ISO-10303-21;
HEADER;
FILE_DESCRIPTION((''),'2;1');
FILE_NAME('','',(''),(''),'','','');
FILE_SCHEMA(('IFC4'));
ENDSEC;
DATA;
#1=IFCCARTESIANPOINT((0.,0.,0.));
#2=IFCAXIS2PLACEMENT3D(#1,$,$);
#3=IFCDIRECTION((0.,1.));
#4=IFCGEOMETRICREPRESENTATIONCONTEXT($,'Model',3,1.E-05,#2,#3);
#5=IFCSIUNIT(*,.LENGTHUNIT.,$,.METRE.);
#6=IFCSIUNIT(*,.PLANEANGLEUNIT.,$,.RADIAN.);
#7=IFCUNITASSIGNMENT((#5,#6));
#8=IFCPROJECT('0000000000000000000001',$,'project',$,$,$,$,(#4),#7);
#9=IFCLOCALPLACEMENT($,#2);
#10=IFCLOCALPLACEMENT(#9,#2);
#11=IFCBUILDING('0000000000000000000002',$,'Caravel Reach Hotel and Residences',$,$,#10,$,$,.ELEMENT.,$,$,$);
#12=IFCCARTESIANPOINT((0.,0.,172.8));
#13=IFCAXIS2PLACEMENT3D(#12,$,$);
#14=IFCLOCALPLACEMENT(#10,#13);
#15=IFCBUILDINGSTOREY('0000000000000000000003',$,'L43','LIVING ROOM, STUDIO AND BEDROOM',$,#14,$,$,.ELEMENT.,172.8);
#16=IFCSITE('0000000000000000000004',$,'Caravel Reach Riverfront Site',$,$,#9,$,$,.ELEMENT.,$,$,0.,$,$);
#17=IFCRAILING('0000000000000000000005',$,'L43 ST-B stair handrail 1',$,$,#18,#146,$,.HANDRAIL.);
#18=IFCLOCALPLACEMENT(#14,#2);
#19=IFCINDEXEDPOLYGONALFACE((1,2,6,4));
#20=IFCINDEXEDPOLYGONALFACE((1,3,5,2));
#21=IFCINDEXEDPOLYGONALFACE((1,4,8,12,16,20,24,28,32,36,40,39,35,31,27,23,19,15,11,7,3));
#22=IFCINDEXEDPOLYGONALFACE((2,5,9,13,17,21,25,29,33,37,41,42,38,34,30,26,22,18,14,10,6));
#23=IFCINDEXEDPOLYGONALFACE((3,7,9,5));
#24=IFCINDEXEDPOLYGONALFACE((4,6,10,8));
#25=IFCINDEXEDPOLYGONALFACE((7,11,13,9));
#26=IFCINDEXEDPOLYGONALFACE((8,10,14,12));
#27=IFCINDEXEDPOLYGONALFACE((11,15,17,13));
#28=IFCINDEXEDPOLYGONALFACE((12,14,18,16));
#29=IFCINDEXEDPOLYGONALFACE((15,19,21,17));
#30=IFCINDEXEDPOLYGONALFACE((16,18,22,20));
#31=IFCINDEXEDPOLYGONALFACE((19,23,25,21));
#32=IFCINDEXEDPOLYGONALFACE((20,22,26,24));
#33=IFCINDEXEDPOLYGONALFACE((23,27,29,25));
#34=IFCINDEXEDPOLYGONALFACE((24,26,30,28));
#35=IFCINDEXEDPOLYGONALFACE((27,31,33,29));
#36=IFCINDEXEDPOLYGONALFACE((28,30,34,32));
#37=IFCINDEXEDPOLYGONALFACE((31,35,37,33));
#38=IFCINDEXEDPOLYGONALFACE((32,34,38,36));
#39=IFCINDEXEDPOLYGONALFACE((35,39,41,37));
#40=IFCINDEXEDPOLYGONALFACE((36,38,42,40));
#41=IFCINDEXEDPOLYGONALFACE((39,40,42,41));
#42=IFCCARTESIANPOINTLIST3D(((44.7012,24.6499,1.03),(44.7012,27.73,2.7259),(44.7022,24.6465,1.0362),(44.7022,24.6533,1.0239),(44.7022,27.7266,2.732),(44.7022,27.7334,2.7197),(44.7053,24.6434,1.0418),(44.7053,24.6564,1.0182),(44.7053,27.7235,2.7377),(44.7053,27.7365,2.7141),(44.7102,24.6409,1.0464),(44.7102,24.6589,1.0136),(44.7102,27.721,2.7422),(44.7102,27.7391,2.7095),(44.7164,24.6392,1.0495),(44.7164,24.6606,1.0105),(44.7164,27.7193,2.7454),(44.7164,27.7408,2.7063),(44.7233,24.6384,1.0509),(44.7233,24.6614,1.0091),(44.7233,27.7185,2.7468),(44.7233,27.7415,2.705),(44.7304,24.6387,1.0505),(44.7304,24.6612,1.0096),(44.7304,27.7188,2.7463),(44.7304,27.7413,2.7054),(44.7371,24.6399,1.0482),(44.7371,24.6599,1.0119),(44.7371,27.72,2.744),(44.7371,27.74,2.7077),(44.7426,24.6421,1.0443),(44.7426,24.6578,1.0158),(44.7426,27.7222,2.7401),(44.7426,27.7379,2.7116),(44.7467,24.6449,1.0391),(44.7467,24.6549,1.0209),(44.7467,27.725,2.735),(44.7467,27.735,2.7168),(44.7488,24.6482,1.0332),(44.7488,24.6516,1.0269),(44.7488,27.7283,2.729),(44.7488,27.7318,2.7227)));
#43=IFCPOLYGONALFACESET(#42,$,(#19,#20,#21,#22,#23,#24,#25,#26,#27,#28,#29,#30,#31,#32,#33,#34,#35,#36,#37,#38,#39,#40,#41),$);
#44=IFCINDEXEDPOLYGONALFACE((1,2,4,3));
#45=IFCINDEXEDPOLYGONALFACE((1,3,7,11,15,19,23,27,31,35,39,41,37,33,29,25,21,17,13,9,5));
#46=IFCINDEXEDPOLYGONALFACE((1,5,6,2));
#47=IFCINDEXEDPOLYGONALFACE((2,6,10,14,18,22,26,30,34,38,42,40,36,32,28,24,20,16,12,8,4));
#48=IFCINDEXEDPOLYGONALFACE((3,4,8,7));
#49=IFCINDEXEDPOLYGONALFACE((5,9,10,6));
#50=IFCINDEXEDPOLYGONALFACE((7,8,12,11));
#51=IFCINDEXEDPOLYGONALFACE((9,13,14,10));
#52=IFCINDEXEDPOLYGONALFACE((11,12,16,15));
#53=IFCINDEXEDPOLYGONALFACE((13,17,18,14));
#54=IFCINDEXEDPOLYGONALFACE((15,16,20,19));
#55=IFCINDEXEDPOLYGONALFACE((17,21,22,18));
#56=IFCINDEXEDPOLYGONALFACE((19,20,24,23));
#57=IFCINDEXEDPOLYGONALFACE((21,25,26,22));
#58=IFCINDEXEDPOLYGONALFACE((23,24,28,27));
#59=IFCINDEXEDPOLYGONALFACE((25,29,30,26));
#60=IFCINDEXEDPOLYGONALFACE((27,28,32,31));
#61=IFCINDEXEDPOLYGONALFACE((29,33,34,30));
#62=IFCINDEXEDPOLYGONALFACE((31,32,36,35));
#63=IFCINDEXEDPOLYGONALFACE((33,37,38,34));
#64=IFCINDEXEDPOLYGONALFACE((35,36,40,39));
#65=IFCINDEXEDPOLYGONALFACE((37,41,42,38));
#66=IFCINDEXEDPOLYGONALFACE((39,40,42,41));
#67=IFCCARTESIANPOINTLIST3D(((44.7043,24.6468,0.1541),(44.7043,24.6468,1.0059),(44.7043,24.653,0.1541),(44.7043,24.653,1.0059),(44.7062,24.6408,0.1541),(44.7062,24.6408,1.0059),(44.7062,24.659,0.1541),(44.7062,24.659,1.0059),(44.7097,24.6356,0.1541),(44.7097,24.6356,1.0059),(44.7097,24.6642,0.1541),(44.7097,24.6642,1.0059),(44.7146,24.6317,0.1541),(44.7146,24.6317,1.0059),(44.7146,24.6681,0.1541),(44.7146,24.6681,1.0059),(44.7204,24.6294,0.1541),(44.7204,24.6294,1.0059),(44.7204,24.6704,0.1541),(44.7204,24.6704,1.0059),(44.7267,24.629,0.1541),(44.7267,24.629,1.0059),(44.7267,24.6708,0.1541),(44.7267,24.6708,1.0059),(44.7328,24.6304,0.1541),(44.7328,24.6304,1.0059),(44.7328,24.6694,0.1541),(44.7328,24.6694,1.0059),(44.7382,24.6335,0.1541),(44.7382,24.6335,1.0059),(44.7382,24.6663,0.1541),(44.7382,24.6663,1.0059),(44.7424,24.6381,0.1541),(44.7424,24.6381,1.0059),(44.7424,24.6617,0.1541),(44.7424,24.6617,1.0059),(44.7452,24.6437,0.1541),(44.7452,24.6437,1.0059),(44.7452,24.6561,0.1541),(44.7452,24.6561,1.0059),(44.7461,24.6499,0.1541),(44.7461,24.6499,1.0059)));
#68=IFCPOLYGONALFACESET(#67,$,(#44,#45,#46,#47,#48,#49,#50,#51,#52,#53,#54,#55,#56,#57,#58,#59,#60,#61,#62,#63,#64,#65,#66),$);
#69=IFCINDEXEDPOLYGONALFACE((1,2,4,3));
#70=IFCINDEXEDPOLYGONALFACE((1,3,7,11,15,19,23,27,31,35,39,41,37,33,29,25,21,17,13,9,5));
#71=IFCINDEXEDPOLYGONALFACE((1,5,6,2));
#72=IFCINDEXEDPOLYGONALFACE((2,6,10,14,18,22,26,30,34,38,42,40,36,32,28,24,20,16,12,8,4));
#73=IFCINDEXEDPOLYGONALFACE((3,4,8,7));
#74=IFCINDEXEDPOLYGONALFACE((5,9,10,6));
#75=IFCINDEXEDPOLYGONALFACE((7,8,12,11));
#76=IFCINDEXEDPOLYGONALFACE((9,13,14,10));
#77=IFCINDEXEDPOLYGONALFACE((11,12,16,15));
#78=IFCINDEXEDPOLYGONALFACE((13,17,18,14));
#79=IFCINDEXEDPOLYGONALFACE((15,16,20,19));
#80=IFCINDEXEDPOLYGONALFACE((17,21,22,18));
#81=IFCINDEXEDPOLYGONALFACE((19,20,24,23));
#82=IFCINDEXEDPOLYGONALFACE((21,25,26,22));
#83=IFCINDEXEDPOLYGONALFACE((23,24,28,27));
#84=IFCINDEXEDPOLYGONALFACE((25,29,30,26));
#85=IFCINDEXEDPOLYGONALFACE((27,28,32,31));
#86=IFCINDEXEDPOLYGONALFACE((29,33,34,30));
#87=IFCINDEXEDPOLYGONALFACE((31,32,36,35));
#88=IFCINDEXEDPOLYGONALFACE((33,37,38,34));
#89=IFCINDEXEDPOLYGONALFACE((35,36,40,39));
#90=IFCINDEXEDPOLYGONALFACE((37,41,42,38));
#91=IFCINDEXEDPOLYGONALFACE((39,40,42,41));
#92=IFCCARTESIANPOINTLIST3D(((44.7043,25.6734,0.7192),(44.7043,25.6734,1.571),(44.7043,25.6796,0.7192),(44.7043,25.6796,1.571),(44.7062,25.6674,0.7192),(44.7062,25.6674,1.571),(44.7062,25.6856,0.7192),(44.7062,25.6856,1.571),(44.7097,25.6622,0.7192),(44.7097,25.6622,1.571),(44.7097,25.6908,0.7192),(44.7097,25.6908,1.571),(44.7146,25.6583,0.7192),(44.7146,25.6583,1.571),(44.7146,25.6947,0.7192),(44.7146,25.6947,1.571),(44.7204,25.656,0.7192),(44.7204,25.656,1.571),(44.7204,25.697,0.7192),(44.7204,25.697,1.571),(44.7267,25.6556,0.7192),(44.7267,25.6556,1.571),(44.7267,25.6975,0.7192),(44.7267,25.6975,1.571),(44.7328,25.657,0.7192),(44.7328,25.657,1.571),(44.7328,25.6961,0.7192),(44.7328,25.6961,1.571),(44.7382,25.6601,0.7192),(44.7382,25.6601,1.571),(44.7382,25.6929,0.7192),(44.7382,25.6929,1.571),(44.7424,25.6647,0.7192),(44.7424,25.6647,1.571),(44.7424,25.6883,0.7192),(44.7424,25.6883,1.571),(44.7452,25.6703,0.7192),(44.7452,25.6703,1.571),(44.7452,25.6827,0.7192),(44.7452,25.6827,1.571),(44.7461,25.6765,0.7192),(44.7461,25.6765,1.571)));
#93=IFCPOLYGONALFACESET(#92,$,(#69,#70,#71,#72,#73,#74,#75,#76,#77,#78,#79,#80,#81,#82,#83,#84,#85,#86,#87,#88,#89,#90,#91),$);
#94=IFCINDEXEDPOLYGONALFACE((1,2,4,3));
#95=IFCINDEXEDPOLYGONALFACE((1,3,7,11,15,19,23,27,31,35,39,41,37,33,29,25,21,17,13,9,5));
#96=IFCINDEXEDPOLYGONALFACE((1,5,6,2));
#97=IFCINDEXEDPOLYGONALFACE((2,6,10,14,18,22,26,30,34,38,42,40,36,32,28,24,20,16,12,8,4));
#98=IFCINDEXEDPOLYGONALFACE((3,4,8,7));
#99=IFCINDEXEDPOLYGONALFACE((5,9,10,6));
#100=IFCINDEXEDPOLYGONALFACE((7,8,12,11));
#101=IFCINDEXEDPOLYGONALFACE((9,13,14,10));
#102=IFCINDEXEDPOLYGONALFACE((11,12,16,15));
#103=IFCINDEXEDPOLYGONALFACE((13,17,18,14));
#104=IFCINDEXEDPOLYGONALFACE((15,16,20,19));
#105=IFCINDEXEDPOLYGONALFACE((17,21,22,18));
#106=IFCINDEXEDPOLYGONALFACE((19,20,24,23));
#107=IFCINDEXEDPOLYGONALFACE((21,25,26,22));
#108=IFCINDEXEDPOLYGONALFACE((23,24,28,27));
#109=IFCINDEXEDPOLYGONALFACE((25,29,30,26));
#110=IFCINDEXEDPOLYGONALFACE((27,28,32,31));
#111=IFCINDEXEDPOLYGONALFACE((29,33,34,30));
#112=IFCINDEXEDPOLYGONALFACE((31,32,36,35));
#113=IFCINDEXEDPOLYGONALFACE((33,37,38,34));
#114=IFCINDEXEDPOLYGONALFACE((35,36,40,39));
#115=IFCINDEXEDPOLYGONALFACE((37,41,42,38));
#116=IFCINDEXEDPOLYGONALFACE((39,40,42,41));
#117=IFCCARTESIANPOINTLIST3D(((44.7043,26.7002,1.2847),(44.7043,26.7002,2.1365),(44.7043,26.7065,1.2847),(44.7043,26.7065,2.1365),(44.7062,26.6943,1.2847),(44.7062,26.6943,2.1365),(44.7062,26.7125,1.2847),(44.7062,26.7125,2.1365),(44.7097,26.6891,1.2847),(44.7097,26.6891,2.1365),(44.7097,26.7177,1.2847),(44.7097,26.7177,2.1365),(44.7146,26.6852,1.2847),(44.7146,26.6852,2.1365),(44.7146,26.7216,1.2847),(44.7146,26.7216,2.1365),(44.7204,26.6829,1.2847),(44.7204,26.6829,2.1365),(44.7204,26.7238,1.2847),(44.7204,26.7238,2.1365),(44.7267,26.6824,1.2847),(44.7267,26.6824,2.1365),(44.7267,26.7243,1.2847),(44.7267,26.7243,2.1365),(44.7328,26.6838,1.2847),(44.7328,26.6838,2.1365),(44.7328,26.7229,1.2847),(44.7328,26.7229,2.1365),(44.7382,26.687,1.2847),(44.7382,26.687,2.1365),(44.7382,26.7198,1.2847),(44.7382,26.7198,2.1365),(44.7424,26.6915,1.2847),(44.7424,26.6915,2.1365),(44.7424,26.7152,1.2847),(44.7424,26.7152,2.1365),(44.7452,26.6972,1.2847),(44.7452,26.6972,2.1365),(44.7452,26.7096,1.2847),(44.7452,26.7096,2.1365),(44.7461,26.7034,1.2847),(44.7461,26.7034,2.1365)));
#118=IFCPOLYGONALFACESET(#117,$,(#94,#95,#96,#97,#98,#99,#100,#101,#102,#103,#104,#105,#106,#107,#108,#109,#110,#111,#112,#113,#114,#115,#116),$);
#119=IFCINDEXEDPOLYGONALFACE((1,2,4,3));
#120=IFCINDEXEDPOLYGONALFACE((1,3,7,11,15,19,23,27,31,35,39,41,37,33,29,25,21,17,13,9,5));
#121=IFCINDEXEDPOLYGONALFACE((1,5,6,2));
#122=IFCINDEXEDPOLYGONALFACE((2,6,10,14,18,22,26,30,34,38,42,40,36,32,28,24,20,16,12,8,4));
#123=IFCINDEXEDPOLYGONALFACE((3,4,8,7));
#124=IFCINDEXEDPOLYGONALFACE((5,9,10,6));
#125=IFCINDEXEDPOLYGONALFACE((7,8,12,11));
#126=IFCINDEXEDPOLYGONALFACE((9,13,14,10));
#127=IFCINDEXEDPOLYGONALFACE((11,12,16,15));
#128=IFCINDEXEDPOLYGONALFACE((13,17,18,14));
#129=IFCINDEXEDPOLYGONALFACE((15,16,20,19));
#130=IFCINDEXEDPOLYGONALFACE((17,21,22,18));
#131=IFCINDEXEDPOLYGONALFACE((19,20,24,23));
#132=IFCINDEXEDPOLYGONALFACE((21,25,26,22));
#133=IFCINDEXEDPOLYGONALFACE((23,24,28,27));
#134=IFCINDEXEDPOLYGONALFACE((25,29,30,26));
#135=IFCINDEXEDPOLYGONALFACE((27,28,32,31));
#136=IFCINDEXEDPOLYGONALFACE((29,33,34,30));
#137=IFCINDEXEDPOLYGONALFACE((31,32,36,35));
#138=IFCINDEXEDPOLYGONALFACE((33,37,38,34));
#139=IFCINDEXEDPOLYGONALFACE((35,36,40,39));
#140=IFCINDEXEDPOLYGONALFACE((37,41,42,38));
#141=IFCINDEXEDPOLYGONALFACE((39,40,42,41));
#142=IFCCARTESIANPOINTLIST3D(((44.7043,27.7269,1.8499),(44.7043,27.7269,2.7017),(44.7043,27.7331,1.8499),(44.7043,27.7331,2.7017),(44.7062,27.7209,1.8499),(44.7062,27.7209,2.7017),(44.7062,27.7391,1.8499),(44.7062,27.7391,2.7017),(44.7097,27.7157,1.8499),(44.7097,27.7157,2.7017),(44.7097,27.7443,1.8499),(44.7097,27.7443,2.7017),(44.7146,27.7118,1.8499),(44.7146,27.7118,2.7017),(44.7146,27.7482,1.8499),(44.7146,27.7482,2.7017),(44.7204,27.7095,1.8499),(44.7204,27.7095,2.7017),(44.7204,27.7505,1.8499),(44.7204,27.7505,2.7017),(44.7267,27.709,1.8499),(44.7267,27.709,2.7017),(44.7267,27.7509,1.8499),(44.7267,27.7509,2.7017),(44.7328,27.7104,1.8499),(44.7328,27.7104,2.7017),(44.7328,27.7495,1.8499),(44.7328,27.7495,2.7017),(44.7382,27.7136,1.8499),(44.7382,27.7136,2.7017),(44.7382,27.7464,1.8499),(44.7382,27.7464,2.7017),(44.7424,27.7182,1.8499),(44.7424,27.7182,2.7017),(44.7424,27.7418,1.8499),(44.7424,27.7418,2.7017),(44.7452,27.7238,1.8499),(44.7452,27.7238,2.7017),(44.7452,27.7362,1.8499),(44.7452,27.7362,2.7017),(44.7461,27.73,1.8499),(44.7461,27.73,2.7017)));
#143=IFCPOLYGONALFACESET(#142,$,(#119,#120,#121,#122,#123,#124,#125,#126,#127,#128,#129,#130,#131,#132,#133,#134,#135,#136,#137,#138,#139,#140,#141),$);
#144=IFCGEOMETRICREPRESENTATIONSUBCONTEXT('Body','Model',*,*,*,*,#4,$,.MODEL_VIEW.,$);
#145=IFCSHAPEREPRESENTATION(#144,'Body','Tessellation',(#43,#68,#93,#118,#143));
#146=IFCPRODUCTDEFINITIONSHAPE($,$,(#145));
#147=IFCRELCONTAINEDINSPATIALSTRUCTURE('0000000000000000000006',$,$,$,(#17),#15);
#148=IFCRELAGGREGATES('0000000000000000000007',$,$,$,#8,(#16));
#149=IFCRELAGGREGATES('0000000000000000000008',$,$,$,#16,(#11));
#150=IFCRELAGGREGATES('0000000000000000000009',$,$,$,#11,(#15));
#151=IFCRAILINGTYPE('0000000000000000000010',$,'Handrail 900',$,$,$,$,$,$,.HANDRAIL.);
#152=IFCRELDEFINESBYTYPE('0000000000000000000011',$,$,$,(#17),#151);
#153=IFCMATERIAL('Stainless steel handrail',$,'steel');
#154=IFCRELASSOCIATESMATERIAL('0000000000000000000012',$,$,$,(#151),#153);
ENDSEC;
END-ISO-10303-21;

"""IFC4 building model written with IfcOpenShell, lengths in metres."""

from ifc_helpers import new_model, si_unit, direction, frame, origin, origin_2d, place, context, subcontext, project, spatial, circle, extrude, material, type_object, element, save


model = new_model("IFC4")

# Units and contexts
model_context = context("Model", 3, precision=1e-05, world=origin(), true_north=direction((0.0, 1.0)))
body_context = subcontext(model_context, "Body", "Model", "MODEL_VIEW")
ifc_project = project(units=[si_unit("LENGTHUNIT", "METRE"), si_unit("PLANEANGLEUNIT", "RADIAN")], contexts=[model_context])

# Site, building, storey
site_placement = place(None, origin())
site = spatial("IfcSite", under=ifc_project, at=site_placement, Name="Caravel Reach Riverfront Site", CompositionType="ELEMENT", RefElevation=0.0)
building_placement = place(site_placement, origin())
building = spatial("IfcBuilding", under=site, at=building_placement, Name="Caravel Reach Hotel and Residences", CompositionType="ELEMENT")
storey_placement = place(building_placement, frame((0.0, 0.0, 172.8)))
storey = spatial("IfcBuildingStorey", under=building, at=storey_placement, Name="L43", Description="LIVING ROOM, STUDIO AND BEDROOM", CompositionType="ELEMENT", Elevation=172.8)

# Railing
ifc_material_1 = material(Name="Stainless steel handrail", Category="steel")
railing_type_1 = type_object("IfcRailingType", Name="Handrail 900", PredefinedType="HANDRAIL", material=ifc_material_1)
railing_1_placement = place(storey_placement, frame((44.7251, 24.6499, 0.1541)))
element("IfcRailing", 1, at=railing_1_placement, inside=storey, type_object=railing_type_1, Name="L43 ST-B stair handrail 1", PredefinedType="HANDRAIL", context=body_context, shape_type="SweptSolid", body=[
    extrude(circle(Radius=0.0239, at=origin_2d()), frame((0.0, 0.0, 0.876), z_axis=(0.0, 0.876005, 0.482303), x_axis=(-1.0, 0.0, 0.0)), (0.0, 0.0, 1.0), 3.5161),
    extrude(circle(Radius=0.021, at=origin_2d()), origin(), (0.0, 0.0, 1.0), 0.8518),
    extrude(circle(Radius=0.021, at=origin_2d()), frame((0.0, 1.0266, 0.5652)), (0.0, 0.0, 1.0), 0.8518),
    extrude(circle(Radius=0.021, at=origin_2d()), frame((0.0, 2.0535, 1.1306)), (0.0, 0.0, 1.0), 0.8518),
    extrude(circle(Radius=0.021, at=origin_2d()), frame((0.0, 3.0801, 1.6958)), (0.0, 0.0, 1.0), 0.8518),
])

save(model, "model.ifc")
